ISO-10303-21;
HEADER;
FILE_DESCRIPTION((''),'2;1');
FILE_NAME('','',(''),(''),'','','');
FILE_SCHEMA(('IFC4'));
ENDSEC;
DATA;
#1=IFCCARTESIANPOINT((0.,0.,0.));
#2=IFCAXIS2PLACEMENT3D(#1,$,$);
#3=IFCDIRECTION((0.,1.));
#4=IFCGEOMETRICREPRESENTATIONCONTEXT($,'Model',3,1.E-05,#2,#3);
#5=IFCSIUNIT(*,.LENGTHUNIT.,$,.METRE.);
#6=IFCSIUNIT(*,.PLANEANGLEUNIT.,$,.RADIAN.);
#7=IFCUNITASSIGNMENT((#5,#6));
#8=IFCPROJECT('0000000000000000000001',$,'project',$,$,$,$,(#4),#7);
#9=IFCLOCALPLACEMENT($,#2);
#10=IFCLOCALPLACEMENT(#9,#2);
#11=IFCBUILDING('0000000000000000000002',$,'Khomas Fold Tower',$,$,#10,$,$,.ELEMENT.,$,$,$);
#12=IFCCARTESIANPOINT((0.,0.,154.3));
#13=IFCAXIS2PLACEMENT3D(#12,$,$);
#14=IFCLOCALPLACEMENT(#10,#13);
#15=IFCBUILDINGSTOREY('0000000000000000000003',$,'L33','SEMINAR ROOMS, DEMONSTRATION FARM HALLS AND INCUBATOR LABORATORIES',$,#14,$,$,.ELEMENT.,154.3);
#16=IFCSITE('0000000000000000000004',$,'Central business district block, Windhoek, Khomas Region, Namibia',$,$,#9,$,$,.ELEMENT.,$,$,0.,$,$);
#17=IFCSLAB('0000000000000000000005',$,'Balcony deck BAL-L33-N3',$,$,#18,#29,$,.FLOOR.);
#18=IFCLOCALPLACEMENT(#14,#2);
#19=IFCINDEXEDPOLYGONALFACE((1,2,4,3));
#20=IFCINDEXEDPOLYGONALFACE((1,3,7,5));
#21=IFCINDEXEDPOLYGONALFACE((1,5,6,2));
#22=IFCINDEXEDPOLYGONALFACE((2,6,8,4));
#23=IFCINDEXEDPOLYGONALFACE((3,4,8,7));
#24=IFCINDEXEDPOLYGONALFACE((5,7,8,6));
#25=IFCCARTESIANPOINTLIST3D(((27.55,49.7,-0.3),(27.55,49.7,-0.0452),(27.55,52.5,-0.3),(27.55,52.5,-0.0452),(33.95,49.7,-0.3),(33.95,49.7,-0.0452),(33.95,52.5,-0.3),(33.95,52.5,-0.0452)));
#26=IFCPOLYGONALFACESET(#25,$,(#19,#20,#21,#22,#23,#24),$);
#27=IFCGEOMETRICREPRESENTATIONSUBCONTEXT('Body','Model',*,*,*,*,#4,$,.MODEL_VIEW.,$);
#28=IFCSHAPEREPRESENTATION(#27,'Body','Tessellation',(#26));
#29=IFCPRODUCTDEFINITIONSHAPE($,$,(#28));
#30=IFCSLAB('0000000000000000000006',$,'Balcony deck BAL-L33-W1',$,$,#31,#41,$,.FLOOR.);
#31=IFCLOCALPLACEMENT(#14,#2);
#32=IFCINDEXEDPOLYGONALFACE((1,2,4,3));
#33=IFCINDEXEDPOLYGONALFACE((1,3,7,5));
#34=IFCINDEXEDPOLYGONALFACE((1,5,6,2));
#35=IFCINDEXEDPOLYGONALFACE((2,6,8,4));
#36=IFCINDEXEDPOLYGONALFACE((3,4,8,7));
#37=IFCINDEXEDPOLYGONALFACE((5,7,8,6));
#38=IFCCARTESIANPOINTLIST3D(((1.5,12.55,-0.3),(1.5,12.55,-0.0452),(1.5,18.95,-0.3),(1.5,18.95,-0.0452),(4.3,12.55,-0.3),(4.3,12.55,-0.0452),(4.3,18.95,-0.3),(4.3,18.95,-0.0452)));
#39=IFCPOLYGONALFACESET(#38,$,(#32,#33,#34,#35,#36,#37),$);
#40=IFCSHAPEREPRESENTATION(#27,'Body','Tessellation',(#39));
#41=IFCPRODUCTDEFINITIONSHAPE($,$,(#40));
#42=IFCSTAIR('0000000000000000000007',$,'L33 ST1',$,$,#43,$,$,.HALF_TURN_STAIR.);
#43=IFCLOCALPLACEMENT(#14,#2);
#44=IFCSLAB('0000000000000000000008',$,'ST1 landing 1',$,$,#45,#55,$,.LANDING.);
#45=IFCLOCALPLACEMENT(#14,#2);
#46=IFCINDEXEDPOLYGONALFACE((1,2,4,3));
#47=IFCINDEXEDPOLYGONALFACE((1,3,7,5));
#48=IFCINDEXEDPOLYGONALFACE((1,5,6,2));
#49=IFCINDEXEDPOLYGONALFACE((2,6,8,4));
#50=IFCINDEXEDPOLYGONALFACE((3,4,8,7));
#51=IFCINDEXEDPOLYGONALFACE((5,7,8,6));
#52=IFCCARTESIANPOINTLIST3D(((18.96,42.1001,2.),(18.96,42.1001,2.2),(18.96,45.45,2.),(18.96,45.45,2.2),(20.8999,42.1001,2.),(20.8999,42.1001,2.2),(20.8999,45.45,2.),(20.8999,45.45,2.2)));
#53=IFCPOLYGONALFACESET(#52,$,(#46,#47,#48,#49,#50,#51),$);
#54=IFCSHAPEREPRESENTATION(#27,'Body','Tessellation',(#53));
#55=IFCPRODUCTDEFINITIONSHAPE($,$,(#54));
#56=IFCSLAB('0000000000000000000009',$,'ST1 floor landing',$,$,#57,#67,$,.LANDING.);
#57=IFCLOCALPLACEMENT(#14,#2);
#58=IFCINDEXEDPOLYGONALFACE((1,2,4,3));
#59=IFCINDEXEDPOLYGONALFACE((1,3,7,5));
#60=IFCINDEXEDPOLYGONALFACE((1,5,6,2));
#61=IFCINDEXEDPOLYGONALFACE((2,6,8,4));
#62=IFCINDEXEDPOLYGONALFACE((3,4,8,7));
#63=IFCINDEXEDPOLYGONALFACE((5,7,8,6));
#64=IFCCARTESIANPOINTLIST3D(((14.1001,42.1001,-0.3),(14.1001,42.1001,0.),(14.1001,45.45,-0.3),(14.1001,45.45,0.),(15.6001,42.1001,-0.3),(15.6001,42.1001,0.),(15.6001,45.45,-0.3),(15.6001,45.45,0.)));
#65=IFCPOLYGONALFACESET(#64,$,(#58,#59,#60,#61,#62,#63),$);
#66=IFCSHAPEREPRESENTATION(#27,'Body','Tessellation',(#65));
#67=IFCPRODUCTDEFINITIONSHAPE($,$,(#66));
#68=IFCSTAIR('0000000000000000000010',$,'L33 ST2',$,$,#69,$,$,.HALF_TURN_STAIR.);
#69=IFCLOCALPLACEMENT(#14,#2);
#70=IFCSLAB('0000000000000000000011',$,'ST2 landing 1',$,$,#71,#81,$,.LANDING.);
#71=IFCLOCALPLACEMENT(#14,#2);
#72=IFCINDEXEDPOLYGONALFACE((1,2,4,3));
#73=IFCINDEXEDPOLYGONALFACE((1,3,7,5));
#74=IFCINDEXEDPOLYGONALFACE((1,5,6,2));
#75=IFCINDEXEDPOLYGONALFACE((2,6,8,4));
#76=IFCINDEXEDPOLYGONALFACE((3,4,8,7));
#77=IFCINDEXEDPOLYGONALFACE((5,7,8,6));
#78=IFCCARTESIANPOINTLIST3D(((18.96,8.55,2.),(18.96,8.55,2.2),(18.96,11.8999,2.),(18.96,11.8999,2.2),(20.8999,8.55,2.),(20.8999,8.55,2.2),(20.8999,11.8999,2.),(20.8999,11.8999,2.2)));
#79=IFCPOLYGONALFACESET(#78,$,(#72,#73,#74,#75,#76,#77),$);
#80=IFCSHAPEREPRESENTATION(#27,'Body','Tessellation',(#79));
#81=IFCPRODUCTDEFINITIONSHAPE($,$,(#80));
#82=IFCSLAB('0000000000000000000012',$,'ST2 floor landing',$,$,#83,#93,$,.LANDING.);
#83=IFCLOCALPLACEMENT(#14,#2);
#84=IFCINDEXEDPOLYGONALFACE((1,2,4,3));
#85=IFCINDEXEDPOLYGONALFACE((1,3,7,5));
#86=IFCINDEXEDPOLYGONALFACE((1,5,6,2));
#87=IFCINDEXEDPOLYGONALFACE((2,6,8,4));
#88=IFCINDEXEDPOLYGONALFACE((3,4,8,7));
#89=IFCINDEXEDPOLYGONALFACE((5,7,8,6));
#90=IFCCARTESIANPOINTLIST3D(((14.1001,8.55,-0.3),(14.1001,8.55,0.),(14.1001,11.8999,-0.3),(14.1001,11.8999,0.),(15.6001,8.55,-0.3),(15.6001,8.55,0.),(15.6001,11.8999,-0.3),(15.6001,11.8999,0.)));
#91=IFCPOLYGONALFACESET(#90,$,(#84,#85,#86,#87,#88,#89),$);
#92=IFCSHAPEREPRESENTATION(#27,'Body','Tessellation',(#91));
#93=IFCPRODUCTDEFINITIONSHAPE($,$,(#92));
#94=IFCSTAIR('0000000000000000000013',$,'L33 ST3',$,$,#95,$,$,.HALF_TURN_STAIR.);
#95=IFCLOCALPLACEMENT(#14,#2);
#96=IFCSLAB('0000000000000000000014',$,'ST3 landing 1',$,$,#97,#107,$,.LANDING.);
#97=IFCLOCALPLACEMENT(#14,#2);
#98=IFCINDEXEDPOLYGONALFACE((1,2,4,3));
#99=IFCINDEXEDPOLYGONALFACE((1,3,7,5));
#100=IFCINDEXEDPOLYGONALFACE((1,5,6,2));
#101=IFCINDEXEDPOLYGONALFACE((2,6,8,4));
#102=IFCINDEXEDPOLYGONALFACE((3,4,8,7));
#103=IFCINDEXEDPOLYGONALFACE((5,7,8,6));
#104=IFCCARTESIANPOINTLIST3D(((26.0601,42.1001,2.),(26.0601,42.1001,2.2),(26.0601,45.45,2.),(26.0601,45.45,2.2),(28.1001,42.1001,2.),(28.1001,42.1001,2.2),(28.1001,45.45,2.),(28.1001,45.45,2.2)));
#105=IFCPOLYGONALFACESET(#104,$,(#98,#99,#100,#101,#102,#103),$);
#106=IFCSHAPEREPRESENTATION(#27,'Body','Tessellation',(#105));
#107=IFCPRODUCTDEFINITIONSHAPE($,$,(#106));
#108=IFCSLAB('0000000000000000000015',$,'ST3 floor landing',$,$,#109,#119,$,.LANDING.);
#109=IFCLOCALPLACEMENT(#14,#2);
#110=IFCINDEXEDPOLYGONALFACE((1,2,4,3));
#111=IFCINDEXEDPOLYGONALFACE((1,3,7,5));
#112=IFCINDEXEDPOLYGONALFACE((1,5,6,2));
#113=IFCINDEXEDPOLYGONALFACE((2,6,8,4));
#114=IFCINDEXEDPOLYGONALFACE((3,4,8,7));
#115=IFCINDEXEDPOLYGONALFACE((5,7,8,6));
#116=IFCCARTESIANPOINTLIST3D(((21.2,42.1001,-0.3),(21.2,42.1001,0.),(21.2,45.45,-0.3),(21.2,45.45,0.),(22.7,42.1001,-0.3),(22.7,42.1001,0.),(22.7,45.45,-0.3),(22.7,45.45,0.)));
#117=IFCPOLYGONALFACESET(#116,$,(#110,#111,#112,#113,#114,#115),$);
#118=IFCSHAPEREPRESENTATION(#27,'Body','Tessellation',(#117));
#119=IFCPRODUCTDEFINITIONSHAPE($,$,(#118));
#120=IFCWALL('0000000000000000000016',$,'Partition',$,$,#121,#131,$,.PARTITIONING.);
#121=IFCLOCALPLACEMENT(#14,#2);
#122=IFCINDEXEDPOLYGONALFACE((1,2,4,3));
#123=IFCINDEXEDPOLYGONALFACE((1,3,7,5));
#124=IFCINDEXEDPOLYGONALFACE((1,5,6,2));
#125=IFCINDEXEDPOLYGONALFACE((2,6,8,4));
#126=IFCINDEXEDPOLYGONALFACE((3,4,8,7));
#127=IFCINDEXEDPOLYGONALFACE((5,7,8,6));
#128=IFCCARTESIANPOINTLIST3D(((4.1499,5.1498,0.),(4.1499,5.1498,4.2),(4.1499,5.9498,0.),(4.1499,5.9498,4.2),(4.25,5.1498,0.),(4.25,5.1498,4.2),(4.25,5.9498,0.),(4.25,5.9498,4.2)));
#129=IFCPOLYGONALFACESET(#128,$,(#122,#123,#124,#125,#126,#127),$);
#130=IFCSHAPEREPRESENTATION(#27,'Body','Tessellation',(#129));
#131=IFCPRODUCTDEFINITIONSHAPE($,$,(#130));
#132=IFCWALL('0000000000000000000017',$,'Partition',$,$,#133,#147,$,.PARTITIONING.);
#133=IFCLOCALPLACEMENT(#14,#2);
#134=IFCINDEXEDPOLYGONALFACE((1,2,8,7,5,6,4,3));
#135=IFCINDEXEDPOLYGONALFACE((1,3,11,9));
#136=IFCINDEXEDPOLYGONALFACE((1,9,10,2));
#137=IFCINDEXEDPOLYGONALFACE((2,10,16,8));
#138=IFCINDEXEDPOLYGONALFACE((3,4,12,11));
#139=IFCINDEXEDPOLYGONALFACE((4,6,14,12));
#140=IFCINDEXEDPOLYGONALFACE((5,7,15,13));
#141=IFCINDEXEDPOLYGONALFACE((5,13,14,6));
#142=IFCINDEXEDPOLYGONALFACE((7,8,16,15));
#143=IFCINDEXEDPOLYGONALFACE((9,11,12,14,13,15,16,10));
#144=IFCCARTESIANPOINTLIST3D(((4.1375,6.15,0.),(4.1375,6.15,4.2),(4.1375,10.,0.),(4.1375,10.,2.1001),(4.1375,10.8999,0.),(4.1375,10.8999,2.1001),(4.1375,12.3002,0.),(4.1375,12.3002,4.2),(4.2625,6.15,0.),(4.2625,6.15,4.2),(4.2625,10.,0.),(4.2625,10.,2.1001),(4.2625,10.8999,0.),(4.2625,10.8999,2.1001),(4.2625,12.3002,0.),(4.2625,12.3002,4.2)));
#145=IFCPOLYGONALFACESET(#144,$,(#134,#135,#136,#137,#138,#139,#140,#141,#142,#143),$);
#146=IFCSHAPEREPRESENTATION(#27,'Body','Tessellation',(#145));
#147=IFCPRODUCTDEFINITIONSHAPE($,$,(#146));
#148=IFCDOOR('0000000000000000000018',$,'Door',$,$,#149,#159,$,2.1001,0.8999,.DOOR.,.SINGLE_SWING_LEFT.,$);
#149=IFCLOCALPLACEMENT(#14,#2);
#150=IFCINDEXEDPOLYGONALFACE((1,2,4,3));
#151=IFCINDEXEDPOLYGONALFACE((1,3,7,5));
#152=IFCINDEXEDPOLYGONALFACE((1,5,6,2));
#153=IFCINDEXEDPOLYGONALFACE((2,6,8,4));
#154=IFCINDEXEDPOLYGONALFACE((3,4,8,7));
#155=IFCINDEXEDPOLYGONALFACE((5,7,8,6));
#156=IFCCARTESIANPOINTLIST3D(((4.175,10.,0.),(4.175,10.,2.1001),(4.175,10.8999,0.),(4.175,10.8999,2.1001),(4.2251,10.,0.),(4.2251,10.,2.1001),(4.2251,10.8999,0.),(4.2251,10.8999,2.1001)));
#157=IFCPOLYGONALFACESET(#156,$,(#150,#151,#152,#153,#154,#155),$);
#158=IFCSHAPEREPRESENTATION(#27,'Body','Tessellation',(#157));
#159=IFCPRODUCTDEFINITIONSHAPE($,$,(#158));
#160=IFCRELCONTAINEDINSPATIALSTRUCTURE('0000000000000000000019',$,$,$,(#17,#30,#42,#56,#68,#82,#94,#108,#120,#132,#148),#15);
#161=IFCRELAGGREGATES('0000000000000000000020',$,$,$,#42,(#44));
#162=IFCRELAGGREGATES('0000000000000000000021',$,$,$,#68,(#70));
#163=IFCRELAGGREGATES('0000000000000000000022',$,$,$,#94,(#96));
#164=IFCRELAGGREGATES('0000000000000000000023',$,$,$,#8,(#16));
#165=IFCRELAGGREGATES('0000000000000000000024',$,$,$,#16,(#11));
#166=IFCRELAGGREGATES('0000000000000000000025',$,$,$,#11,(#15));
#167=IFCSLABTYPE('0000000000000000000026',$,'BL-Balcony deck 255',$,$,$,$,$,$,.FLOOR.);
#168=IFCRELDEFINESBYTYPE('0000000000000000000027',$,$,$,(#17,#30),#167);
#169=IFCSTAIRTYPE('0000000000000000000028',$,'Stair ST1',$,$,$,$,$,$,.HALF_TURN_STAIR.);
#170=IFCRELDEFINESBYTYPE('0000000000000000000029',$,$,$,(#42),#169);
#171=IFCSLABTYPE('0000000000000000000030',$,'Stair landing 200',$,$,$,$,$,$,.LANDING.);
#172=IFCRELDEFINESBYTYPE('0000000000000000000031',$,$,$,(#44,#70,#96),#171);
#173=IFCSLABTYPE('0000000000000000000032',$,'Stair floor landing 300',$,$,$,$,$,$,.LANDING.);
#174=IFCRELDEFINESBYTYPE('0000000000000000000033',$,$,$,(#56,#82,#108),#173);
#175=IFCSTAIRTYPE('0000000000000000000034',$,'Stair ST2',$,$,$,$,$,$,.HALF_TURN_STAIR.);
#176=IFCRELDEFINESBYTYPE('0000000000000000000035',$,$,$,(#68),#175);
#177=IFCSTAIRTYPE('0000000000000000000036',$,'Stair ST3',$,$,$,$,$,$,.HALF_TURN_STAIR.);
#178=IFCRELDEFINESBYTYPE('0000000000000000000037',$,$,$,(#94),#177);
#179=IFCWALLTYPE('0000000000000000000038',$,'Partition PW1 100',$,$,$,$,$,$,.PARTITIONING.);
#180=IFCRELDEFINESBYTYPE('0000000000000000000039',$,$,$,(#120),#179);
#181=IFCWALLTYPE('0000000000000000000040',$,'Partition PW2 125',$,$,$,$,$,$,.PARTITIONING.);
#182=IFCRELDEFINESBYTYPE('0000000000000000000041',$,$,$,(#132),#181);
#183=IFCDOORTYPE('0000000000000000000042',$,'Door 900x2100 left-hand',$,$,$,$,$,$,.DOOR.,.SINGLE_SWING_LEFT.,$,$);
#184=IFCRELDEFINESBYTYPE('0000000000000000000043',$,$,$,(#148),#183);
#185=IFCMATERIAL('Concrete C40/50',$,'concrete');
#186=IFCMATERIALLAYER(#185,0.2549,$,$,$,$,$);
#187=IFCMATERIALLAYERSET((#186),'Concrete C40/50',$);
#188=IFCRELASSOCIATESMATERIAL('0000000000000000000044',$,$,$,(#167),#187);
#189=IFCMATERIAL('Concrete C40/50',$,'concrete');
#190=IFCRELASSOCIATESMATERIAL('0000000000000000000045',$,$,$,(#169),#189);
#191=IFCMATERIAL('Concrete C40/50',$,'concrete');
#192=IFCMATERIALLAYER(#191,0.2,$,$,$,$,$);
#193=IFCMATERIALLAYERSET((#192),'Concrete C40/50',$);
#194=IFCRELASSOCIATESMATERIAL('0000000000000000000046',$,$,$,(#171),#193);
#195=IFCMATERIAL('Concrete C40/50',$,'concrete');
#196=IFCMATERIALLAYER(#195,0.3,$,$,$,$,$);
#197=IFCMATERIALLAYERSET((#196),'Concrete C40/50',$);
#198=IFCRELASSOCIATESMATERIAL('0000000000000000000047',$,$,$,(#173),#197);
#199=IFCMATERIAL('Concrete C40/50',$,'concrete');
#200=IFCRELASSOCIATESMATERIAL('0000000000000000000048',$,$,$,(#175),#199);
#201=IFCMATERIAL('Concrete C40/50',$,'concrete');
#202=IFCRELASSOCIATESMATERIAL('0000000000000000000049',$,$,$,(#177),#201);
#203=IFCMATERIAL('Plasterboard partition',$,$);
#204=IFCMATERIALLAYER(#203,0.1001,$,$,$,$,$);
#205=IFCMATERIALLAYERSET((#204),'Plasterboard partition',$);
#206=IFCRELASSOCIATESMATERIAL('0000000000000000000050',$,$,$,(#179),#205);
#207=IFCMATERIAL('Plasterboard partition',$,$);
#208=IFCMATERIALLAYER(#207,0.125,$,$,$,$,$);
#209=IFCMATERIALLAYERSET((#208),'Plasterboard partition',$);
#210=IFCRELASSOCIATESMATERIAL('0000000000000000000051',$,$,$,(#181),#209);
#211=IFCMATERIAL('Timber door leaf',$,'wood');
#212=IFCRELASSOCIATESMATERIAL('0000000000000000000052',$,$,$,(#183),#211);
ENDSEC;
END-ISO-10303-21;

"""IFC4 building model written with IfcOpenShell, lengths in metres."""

from ifc_helpers import new_model, si_unit, direction, frame, frame_2d, origin, place, context, subcontext, project, spatial, polyline, rectangle, outline, extrude, source, transform, mapped, material, layer, layer_set, type_object, element, fill, aggregate, save


model = new_model("IFC4")

# Units and contexts
model_context = context("Model", 3, precision=1e-05, world=origin(), true_north=direction((0.0, 1.0)))
body_context = subcontext(model_context, "Body", "Model", "MODEL_VIEW")
ifc_project = project(units=[si_unit("LENGTHUNIT", "METRE"), si_unit("PLANEANGLEUNIT", "RADIAN")], contexts=[model_context])

# Site, building, storey
site_placement = place(None, origin())
site = spatial("IfcSite", under=ifc_project, at=site_placement, Name="Central business district block, Windhoek, Khomas Region, Namibia", CompositionType="ELEMENT", RefElevation=0.0)
building_placement = place(site_placement, origin())
building = spatial("IfcBuilding", under=site, at=building_placement, Name="Khomas Fold Tower", CompositionType="ELEMENT")
storey_placement = place(building_placement, frame((0.0, 0.0, 154.3)))
storey = spatial("IfcBuildingStorey", under=building, at=storey_placement, Name="L33", Description="SEMINAR ROOMS, DEMONSTRATION FARM HALLS AND INCUBATOR LABORATORIES", CompositionType="ELEMENT", Elevation=154.3)

# Slabs
ifc_material_1 = material(Name="Concrete C40/50", Category="concrete")
ifc_layer_1 = layer(ifc_material_1, 0.2549)
ifc_layer_set_1 = layer_set([ifc_layer_1], Name="Concrete C40/50")
slab_type_1 = type_object("IfcSlabType", Name="BL-Balcony deck 255", PredefinedType="FLOOR", material=ifc_layer_set_1)
shared_shape_1 = source(origin(), body_context, "Body", "SweptSolid", [
    extrude(outline(polyline([(27.55, 49.7), (33.95, 49.7), (33.95, 52.5), (27.55, 52.5), (27.55, 49.7)])), origin(), (0.0, 0.0, 1.0), 0.2549),
])
slab_1_placement = place(storey_placement, frame((0.0, 0.0, -0.3)))
element("IfcSlab", 1, at=slab_1_placement, inside=storey, type_object=slab_type_1, Name="Balcony deck BAL-L33-N3", PredefinedType="FLOOR", context=body_context, shape_type="MappedRepresentation", body=[
    mapped(shared_shape_1, transform((0.0, 0.0, 0.0))),
])
shared_shape_2 = source(origin(), body_context, "Body", "SweptSolid", [
    extrude(outline(polyline([(1.5, 12.55), (4.3, 12.55), (4.3, 18.95), (1.5, 18.95), (1.5, 12.55)])), origin(), (0.0, 0.0, 1.0), 0.2549),
])
slab_2_placement = place(storey_placement, frame((0.0, 0.0, -0.3)))
element("IfcSlab", 2, at=slab_2_placement, inside=storey, type_object=slab_type_1, Name="Balcony deck BAL-L33-W1", PredefinedType="FLOOR", context=body_context, shape_type="MappedRepresentation", body=[
    mapped(shared_shape_2, transform((0.0, 0.0, 0.0))),
])

# Stair, slab
ifc_material_2 = material(Name="Concrete C40/50", Category="concrete")
stair_type_1 = type_object("IfcStairType", Name="Stair ST1", PredefinedType="HALF_TURN_STAIR", material=ifc_material_2)
stair_1_placement = place(storey_placement, origin())
stair_1 = element("IfcStair", 3, at=stair_1_placement, inside=storey, type_object=stair_type_1, Name="L33 ST1", PredefinedType="HALF_TURN_STAIR")
ifc_material_3 = material(Name="Concrete C40/50", Category="concrete")
ifc_layer_2 = layer(ifc_material_3, 0.2)
ifc_layer_set_2 = layer_set([ifc_layer_2], Name="Concrete C40/50")
slab_type_2 = type_object("IfcSlabType", Name="Stair landing 200", PredefinedType="LANDING", material=ifc_layer_set_2)
shared_shape_3 = source(origin(), body_context, "Body", "SweptSolid", [
    extrude(outline(polyline([(18.96, 42.1001), (20.8999, 42.1001), (20.8999, 45.45), (18.96, 45.45), (18.96, 42.1001)])), origin(), (0.0, 0.0, 1.0), 0.2),
])
slab_3_placement = place(storey_placement, frame((0.0, 0.0, 2.0)))
slab_3 = element("IfcSlab", 4, at=slab_3_placement, type_object=slab_type_2, Name="ST1 landing 1", PredefinedType="LANDING", context=body_context, shape_type="MappedRepresentation", body=[
    mapped(shared_shape_3, transform((0.0, 0.0, 0.0))),
])
aggregate(stair_1, [slab_3])

# Slab
ifc_material_4 = material(Name="Concrete C40/50", Category="concrete")
ifc_layer_3 = layer(ifc_material_4, 0.3)
ifc_layer_set_3 = layer_set([ifc_layer_3], Name="Concrete C40/50")
slab_type_3 = type_object("IfcSlabType", Name="Stair floor landing 300", PredefinedType="LANDING", material=ifc_layer_set_3)
shared_shape_4 = source(origin(), body_context, "Body", "SweptSolid", [
    extrude(outline(polyline([(15.6001, 42.1001), (14.1001, 42.1001), (14.1001, 45.45), (15.6001, 45.45), (15.6001, 42.1001)])), origin(), (0.0, 0.0, 1.0), 0.3),
])
slab_4_placement = place(storey_placement, frame((0.0, 0.0, -0.3)))
element("IfcSlab", 5, at=slab_4_placement, inside=storey, type_object=slab_type_3, Name="ST1 floor landing", PredefinedType="LANDING", context=body_context, shape_type="MappedRepresentation", body=[
    mapped(shared_shape_4, transform((0.0, 0.0, 0.0))),
])

# Stair, slab
ifc_material_5 = material(Name="Concrete C40/50", Category="concrete")
stair_type_2 = type_object("IfcStairType", Name="Stair ST2", PredefinedType="HALF_TURN_STAIR", material=ifc_material_5)
stair_2_placement = place(storey_placement, origin())
stair_2 = element("IfcStair", 6, at=stair_2_placement, inside=storey, type_object=stair_type_2, Name="L33 ST2", PredefinedType="HALF_TURN_STAIR")
shared_shape_5 = source(origin(), body_context, "Body", "SweptSolid", [
    extrude(outline(polyline([(18.96, 8.55), (20.8999, 8.55), (20.8999, 11.8999), (18.96, 11.8999), (18.96, 8.55)])), origin(), (0.0, 0.0, 1.0), 0.2),
])
slab_5_placement = place(storey_placement, frame((0.0, 0.0, 2.0)))
slab_5 = element("IfcSlab", 7, at=slab_5_placement, type_object=slab_type_2, Name="ST2 landing 1", PredefinedType="LANDING", context=body_context, shape_type="MappedRepresentation", body=[
    mapped(shared_shape_5, transform((0.0, 0.0, 0.0))),
])
aggregate(stair_2, [slab_5])

# Slab
shared_shape_6 = source(origin(), body_context, "Body", "SweptSolid", [
    extrude(outline(polyline([(15.6001, 8.55), (14.1001, 8.55), (14.1001, 11.8999), (15.6001, 11.8999), (15.6001, 8.55)])), origin(), (0.0, 0.0, 1.0), 0.3),
])
slab_6_placement = place(storey_placement, frame((0.0, 0.0, -0.3)))
element("IfcSlab", 8, at=slab_6_placement, inside=storey, type_object=slab_type_3, Name="ST2 floor landing", PredefinedType="LANDING", context=body_context, shape_type="MappedRepresentation", body=[
    mapped(shared_shape_6, transform((0.0, 0.0, 0.0))),
])

# Stair, slab
ifc_material_6 = material(Name="Concrete C40/50", Category="concrete")
stair_type_3 = type_object("IfcStairType", Name="Stair ST3", PredefinedType="HALF_TURN_STAIR", material=ifc_material_6)
stair_3_placement = place(storey_placement, origin())
stair_3 = element("IfcStair", 9, at=stair_3_placement, inside=storey, type_object=stair_type_3, Name="L33 ST3", PredefinedType="HALF_TURN_STAIR")
shared_shape_7 = source(origin(), body_context, "Body", "SweptSolid", [
    extrude(outline(polyline([(26.0601, 42.1001), (28.1001, 42.1001), (28.1001, 45.45), (26.0601, 45.45), (26.0601, 42.1001)])), origin(), (0.0, 0.0, 1.0), 0.2),
])
slab_7_placement = place(storey_placement, frame((0.0, 0.0, 2.0)))
slab_7 = element("IfcSlab", 10, at=slab_7_placement, type_object=slab_type_2, Name="ST3 landing 1", PredefinedType="LANDING", context=body_context, shape_type="MappedRepresentation", body=[
    mapped(shared_shape_7, transform((0.0, 0.0, 0.0))),
])
aggregate(stair_3, [slab_7])

# Slab
shared_shape_8 = source(origin(), body_context, "Body", "SweptSolid", [
    extrude(outline(polyline([(22.7, 42.1001), (21.2, 42.1001), (21.2, 45.45), (22.7, 45.45), (22.7, 42.1001)])), origin(), (0.0, 0.0, 1.0), 0.3),
])
slab_8_placement = place(storey_placement, frame((0.0, 0.0, -0.3)))
element("IfcSlab", 11, at=slab_8_placement, inside=storey, type_object=slab_type_3, Name="ST3 floor landing", PredefinedType="LANDING", context=body_context, shape_type="MappedRepresentation", body=[
    mapped(shared_shape_8, transform((0.0, 0.0, 0.0))),
])

# Wall
ifc_material_7 = material(Name="Plasterboard partition")
ifc_layer_4 = layer(ifc_material_7, 0.1001)
ifc_layer_set_4 = layer_set([ifc_layer_4], Name="Plasterboard partition")
wall_type_1 = type_object("IfcWallType", Name="Partition PW1 100", PredefinedType="PARTITIONING", material=ifc_layer_set_4)
shared_shape_9 = source(origin(), body_context, "Body", "SweptSolid", [
    extrude(rectangle(XDim=0.8, YDim=0.1001, at=frame_2d((0.3999, 0.0))), origin(), (0.0, 0.0, 1.0), 4.2),
])
wall_1_placement = place(storey_placement, frame((4.2, 5.1499, 0.0), z_axis=(0.0, 0.0, 1.0), x_axis=(0.0, 1.0, 0.0)))
element("IfcWall", 12, at=wall_1_placement, inside=storey, type_object=wall_type_1, Name="Partition", PredefinedType="PARTITIONING", context=body_context, shape_type="MappedRepresentation", body=[
    mapped(shared_shape_9, transform((0.0, 0.0, 0.0))),
])

# Wall, opening, door
ifc_material_8 = material(Name="Plasterboard partition")
ifc_layer_5 = layer(ifc_material_8, 0.125)
ifc_layer_set_5 = layer_set([ifc_layer_5], Name="Plasterboard partition")
wall_type_2 = type_object("IfcWallType", Name="Partition PW2 125", PredefinedType="PARTITIONING", material=ifc_layer_set_5)
shared_shape_10 = source(origin(), body_context, "Body", "SweptSolid", [
    extrude(rectangle(XDim=6.1501, YDim=0.125, at=frame_2d((3.0752, 0.0))), origin(), (0.0, 0.0, 1.0), 4.2),
])
wall_2_placement = place(storey_placement, frame((4.2, 6.1499, 0.0), z_axis=(0.0, 0.0, 1.0), x_axis=(0.0, 1.0, 0.0)))
wall_2 = element("IfcWall", 13, at=wall_2_placement, inside=storey, type_object=wall_type_2, Name="Partition", PredefinedType="PARTITIONING", context=body_context, shape_type="MappedRepresentation", body=[
    mapped(shared_shape_10, transform((0.0, 0.0, 0.0))),
])
shared_shape_11 = source(origin(), body_context, "Body", "SweptSolid", [
    extrude(rectangle(XDim=0.8999, YDim=2.1001, at=frame_2d((0.45, 1.05))), frame((0.0, 0.0725, 0.0), z_axis=(0.0, -1.0, 0.0), x_axis=(1.0, 0.0, 0.0)), (0.0, 0.0, 1.0), 0.145),
])
opening_1_placement = place(wall_2_placement, frame((3.8501, 0.0, 0.0)))
opening_1 = element("IfcOpeningElement", 14, at=opening_1_placement, cuts=wall_2, PredefinedType="OPENING", context=body_context, shape_type="MappedRepresentation", body=[
    mapped(shared_shape_11, transform((0.0, 0.0, 0.0))),
])
ifc_material_9 = material(Name="Timber door leaf", Category="wood")
door_type_1 = type_object("IfcDoorType", Name="Door 900x2100 left-hand", OperationType="SINGLE_SWING_LEFT", PredefinedType="DOOR", material=ifc_material_9)
shared_shape_12 = source(origin(), body_context, "Body", "SweptSolid", [
    extrude(rectangle(XDim=0.8999, YDim=2.1001, at=frame_2d((0.45, 1.05))), frame((0.0, 0.0249, 0.0), z_axis=(0.0, -1.0, 0.0), x_axis=(1.0, 0.0, 0.0)), (0.0, 0.0, 1.0), 0.05),
])
door_1_placement = place(opening_1_placement, origin())
door_1 = element("IfcDoor", 15, at=door_1_placement, inside=storey, type_object=door_type_1, Name="Door", OperationType="SINGLE_SWING_LEFT", OverallHeight=2.1001, OverallWidth=0.8999, PredefinedType="DOOR", context=body_context, shape_type="MappedRepresentation", body=[
    mapped(shared_shape_12, transform((0.0, 0.0, 0.0))),
])
fill(opening_1, door_1)

save(model, "model.ifc")
